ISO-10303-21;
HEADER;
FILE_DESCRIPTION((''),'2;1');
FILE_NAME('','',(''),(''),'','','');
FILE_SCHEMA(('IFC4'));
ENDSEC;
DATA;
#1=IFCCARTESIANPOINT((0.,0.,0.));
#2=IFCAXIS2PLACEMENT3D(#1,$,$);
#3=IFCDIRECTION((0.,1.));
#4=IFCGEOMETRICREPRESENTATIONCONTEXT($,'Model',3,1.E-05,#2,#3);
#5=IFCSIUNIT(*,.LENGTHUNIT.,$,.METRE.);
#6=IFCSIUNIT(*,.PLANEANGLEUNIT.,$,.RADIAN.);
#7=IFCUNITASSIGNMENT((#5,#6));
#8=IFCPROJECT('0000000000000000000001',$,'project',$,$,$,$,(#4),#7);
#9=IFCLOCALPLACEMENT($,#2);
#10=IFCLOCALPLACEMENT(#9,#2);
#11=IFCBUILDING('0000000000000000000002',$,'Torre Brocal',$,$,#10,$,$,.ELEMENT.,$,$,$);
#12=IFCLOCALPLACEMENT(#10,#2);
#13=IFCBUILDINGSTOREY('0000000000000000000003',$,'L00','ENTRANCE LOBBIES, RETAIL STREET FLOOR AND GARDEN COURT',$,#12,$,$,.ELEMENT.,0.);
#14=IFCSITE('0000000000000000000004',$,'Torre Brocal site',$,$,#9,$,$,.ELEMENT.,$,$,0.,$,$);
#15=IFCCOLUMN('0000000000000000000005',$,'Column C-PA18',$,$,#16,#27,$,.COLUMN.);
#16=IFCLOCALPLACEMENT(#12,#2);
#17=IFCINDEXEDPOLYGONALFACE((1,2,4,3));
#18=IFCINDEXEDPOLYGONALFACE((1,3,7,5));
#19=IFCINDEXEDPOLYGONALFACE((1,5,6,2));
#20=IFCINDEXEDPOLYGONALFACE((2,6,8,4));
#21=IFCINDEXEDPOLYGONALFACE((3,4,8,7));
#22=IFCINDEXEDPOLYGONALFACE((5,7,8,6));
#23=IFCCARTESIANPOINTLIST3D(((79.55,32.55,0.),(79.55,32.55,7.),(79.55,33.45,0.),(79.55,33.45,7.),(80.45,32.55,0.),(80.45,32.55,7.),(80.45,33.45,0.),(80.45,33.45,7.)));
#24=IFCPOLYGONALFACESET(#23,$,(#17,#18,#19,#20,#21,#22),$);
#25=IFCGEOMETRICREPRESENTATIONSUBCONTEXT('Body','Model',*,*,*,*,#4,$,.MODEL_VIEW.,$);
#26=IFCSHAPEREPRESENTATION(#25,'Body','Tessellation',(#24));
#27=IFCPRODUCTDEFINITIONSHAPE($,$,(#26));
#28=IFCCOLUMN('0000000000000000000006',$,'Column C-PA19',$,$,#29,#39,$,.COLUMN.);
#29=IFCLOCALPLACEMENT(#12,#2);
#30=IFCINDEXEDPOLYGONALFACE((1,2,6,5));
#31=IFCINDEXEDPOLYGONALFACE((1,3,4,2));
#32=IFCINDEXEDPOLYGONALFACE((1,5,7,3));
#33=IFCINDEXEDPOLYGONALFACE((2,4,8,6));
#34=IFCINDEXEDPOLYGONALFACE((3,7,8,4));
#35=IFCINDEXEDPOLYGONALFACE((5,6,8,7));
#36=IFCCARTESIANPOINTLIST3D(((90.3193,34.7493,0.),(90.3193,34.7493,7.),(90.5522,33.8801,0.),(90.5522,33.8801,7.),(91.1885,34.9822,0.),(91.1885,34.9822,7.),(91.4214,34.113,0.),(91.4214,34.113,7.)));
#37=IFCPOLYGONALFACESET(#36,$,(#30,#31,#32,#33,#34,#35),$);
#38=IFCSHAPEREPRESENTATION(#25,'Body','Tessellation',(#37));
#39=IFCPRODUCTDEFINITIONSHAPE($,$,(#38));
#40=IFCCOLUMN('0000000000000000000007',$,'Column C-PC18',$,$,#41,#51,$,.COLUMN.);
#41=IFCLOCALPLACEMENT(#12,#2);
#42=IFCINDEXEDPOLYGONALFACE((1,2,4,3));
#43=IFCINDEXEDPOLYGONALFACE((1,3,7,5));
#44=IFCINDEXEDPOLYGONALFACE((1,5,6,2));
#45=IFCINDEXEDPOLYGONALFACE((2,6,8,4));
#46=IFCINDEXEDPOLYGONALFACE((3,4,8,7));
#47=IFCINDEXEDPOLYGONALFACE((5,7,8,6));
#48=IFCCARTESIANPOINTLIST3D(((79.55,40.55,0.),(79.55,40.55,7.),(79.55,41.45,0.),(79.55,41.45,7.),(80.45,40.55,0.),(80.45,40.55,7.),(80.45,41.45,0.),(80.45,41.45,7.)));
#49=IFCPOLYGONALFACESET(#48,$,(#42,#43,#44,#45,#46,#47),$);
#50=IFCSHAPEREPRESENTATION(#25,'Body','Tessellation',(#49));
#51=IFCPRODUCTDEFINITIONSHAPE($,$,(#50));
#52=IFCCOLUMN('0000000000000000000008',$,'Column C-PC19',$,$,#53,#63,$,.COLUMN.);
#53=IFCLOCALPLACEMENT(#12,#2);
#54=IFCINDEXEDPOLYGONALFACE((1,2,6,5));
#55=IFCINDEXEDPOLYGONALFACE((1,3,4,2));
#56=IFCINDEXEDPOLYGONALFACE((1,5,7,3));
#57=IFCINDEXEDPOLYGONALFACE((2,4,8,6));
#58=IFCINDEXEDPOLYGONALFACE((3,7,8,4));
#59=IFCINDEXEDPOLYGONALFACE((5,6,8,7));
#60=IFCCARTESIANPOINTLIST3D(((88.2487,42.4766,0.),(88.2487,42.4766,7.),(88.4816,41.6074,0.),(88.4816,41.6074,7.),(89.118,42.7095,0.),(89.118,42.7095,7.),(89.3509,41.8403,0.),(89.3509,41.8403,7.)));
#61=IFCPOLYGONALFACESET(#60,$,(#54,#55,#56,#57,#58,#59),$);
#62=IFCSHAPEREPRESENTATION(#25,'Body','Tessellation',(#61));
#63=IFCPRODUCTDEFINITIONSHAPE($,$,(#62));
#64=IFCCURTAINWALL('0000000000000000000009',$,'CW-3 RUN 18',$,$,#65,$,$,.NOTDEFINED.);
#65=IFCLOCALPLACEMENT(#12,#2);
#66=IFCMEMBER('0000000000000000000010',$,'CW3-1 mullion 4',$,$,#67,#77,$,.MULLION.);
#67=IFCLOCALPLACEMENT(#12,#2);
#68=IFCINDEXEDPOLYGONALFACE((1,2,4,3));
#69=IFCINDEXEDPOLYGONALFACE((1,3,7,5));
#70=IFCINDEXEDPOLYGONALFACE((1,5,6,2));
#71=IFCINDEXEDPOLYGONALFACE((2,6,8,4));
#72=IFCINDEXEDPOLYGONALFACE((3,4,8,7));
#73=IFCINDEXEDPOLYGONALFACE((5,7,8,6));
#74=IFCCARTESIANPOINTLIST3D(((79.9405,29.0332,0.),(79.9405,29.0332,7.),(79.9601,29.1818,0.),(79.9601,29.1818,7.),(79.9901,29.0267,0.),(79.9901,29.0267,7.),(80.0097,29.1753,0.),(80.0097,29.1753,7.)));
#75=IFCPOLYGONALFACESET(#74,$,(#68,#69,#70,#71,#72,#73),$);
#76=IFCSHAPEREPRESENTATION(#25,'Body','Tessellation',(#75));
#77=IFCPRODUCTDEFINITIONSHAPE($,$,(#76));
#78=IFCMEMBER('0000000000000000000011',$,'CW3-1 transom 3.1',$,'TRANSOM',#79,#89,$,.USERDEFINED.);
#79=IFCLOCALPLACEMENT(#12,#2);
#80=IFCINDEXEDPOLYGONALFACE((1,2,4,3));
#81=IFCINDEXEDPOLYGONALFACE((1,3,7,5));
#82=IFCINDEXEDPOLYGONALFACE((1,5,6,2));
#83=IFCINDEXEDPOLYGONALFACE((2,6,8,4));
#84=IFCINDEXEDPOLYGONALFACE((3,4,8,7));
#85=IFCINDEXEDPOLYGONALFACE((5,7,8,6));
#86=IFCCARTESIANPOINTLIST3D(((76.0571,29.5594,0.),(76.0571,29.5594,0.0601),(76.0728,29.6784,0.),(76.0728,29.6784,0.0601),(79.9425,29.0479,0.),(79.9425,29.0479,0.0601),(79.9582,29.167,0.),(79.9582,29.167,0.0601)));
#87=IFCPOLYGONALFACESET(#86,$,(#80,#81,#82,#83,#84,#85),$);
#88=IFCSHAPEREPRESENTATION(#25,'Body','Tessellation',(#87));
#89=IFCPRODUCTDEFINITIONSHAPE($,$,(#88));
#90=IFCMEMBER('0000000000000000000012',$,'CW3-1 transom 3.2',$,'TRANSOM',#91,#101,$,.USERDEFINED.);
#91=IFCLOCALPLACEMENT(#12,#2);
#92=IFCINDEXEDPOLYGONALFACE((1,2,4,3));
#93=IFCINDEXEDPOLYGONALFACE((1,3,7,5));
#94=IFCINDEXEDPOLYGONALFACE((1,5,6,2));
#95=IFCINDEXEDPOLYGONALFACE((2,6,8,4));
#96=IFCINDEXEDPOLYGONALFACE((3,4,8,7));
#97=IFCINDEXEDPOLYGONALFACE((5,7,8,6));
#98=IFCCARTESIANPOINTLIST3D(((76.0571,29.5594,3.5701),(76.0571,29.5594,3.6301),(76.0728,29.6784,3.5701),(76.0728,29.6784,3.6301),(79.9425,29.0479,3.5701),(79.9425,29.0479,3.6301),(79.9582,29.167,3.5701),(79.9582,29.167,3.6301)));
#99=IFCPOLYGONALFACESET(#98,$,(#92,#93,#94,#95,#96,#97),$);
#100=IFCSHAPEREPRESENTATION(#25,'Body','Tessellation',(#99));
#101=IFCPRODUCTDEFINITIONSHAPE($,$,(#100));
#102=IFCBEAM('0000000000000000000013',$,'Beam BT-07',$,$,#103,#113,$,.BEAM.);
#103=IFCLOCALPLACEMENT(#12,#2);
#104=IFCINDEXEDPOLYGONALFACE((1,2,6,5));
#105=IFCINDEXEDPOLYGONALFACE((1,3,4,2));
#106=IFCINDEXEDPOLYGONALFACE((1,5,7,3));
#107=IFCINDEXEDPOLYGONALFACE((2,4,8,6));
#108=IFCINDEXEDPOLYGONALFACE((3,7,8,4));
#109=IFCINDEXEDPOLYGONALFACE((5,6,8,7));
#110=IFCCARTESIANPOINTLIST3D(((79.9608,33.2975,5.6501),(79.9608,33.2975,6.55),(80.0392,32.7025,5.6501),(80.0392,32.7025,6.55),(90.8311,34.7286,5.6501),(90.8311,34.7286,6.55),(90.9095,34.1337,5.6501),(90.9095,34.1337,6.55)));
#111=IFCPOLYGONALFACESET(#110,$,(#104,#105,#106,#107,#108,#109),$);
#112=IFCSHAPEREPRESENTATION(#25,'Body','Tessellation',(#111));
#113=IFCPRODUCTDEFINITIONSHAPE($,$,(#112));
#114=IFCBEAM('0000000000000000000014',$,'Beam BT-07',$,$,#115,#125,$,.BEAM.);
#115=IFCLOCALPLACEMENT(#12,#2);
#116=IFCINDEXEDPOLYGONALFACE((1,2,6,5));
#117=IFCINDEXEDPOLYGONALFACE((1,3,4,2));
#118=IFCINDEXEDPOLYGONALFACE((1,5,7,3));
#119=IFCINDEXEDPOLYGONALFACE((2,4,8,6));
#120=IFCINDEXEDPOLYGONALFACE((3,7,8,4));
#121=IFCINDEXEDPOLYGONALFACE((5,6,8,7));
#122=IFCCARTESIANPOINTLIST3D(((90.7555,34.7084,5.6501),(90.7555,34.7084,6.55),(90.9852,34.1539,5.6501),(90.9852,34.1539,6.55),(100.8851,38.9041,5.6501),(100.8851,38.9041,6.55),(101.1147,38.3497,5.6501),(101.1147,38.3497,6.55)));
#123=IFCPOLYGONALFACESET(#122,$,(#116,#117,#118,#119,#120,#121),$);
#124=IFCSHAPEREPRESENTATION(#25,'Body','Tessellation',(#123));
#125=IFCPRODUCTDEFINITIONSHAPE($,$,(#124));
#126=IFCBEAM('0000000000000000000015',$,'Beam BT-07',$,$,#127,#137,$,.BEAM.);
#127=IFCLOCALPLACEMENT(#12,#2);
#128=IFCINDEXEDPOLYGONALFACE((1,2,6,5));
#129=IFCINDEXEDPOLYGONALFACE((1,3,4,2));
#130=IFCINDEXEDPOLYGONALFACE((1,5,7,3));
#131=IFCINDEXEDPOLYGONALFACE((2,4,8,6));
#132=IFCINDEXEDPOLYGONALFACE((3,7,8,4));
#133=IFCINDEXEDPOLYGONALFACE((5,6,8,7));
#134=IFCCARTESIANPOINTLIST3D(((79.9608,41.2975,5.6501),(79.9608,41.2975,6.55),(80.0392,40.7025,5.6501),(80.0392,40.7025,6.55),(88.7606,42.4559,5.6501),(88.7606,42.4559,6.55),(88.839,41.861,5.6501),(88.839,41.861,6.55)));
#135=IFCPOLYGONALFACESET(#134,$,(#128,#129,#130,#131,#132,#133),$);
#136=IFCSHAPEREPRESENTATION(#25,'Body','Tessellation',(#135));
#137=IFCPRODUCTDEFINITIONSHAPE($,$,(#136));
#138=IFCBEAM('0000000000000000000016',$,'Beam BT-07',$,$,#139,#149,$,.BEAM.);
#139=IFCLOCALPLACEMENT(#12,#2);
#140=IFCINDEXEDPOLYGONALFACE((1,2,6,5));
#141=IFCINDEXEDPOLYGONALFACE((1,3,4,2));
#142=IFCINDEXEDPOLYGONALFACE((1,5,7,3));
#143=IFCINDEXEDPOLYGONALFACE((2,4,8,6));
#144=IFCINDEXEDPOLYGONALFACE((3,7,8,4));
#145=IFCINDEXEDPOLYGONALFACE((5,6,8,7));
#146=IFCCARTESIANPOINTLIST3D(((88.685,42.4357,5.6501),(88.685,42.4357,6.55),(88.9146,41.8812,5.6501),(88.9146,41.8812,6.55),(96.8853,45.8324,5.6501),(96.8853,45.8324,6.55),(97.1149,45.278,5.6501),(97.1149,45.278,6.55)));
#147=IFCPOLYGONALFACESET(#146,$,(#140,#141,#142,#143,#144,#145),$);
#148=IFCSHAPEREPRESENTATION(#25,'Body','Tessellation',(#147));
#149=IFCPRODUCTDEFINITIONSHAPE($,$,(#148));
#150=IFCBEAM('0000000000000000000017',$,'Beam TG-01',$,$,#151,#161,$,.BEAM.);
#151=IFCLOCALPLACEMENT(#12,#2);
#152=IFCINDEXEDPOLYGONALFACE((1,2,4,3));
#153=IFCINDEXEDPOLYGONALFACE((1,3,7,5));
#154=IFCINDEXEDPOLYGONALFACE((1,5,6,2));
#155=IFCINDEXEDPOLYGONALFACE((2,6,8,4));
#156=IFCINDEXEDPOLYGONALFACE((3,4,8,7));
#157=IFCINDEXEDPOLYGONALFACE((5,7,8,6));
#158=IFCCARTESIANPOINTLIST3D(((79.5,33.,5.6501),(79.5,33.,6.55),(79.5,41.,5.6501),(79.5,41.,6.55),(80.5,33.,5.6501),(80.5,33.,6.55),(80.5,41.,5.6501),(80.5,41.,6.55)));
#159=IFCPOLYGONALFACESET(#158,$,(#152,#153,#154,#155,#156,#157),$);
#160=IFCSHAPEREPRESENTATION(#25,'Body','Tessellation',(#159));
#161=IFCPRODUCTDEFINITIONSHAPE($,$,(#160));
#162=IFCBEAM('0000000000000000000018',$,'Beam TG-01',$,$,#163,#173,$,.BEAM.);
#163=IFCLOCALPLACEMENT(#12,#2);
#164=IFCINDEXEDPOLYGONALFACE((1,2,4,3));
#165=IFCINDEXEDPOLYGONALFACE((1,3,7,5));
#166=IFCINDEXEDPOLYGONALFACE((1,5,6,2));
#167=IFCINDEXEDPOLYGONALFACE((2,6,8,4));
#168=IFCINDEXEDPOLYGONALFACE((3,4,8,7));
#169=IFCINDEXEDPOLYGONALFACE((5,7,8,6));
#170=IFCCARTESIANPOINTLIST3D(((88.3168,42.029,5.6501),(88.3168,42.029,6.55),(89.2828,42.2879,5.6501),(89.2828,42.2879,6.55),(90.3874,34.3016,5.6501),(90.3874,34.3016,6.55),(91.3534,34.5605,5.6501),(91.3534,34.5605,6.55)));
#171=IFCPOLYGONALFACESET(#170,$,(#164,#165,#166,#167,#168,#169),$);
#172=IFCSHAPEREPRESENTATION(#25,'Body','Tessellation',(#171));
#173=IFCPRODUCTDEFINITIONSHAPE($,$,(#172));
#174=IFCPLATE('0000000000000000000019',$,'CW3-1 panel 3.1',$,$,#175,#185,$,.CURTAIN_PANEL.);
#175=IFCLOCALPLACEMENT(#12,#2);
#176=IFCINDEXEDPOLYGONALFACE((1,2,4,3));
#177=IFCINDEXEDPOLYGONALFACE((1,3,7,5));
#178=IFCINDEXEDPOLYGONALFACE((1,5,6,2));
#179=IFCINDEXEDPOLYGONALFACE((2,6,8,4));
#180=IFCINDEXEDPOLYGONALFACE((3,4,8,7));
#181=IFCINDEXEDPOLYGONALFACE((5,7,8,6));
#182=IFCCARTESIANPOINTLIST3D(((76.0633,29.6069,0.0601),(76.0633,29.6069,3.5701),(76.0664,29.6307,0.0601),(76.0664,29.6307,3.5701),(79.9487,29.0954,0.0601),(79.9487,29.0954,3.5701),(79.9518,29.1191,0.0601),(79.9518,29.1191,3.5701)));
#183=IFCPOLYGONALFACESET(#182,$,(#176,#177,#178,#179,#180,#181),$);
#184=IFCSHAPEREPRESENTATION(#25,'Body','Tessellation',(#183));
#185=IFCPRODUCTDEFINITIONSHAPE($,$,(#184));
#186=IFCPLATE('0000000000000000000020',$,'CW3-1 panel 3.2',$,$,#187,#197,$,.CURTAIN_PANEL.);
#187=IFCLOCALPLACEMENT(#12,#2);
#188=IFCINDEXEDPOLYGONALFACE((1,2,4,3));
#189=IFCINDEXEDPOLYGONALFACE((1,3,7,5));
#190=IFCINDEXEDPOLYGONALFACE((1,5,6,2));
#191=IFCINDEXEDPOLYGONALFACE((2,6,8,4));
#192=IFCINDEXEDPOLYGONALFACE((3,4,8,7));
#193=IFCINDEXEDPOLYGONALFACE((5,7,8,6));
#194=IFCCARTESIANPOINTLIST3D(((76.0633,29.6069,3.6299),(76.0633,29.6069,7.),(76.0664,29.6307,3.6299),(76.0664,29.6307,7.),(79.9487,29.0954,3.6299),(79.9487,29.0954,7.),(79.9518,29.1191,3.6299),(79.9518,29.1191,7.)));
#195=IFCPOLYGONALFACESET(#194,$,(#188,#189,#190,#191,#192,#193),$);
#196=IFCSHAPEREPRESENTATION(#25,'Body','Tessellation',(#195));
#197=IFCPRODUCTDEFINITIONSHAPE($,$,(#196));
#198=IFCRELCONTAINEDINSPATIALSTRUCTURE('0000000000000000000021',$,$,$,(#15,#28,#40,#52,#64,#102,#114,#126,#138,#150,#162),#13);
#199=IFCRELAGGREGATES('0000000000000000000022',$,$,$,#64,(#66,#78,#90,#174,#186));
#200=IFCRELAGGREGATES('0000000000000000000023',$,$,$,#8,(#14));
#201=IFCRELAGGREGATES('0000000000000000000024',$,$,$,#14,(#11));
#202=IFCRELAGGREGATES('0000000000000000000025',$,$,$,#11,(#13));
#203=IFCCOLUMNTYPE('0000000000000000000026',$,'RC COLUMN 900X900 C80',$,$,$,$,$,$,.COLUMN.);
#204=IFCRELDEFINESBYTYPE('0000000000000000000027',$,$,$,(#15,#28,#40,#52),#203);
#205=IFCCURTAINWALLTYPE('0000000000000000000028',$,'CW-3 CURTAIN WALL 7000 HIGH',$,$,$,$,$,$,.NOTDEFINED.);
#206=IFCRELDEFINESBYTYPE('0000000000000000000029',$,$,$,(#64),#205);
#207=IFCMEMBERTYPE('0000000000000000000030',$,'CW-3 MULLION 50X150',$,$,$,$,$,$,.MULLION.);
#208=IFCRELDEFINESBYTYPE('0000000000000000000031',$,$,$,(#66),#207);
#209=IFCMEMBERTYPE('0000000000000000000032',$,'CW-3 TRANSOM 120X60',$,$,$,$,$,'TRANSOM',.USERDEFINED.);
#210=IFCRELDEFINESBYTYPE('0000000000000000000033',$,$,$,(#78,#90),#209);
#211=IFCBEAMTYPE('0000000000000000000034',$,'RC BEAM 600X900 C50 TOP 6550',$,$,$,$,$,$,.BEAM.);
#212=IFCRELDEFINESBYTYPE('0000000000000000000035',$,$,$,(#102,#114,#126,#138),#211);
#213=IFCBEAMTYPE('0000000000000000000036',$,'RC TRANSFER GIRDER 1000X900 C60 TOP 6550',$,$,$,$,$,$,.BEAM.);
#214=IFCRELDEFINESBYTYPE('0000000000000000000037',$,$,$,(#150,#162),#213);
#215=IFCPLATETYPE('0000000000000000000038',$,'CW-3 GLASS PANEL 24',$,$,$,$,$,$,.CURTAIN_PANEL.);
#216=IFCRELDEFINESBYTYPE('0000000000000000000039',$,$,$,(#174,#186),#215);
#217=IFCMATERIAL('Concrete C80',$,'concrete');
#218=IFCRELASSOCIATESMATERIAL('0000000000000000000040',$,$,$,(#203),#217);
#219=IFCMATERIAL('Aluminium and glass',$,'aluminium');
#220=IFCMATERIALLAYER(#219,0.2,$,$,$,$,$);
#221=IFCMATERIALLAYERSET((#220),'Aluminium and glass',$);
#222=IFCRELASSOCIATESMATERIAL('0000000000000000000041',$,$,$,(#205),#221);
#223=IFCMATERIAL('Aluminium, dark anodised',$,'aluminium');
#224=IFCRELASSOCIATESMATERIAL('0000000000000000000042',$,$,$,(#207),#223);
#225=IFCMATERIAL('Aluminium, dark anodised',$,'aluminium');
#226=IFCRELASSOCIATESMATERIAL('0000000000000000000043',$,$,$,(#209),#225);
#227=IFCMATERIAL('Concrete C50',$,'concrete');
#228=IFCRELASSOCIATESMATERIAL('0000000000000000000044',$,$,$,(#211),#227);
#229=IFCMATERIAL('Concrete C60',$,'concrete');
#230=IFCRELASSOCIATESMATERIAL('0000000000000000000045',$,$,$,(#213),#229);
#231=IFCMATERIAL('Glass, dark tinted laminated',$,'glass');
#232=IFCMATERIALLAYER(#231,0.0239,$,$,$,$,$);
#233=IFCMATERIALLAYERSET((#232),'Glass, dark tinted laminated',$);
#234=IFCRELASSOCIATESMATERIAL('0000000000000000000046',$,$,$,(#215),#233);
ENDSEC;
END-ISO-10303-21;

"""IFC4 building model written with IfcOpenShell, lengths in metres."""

from ifc_helpers import new_model, si_unit, direction, frame, origin, origin_2d, place, context, subcontext, project, spatial, rectangle, extrude, material, layer, layer_set, material_profile, profile_set, type_object, element, aggregate, save


model = new_model("IFC4")

# Units and contexts
model_context = context("Model", 3, precision=1e-05, world=origin(), true_north=direction((0.0, 1.0)))
body_context = subcontext(model_context, "Body", "Model", "MODEL_VIEW")
ifc_project = project(units=[si_unit("LENGTHUNIT", "METRE"), si_unit("PLANEANGLEUNIT", "RADIAN")], contexts=[model_context])

# Site, building, storey
site_placement = place(None, origin())
site = spatial("IfcSite", under=ifc_project, at=site_placement, Name="Torre Brocal site", CompositionType="ELEMENT", RefElevation=0.0)
building_placement = place(site_placement, origin())
building = spatial("IfcBuilding", under=site, at=building_placement, Name="Torre Brocal", CompositionType="ELEMENT")
storey_placement = place(building_placement, origin())
storey = spatial("IfcBuildingStorey", under=building, at=storey_placement, Name="L00", Description="ENTRANCE LOBBIES, RETAIL STREET FLOOR AND GARDEN COURT", CompositionType="ELEMENT", Elevation=0.0)

# Columns
ifc_material_1 = material(Name="Concrete C80", Category="concrete")
ifc_material_profile_1 = material_profile(ifc_material_1, rectangle(XDim=0.8999, YDim=0.8999, at=origin_2d()), Name="RC 900X900")
ifc_profile_set_1 = profile_set([ifc_material_profile_1], Name="Concrete C80")
column_type = type_object("IfcColumnType", Name="RC COLUMN 900X900 C80", PredefinedType="COLUMN", material=ifc_profile_set_1)
for number, where, z_axis, x_axis, name in (
    (1, (80.0, 33.0, 0.0), (0.0, 0.0, 1.0), (0.0, -1.0, 0.0), "Column C-PA18"),
    (2, (90.8704, 34.4312, 0.0), (0.0, 0.0, 1.0), (0.258819, -0.965926, 0.0), "Column C-PA19"),
    (3, (80.0, 41.0, 0.0), (0.0, 0.0, 1.0), (0.0, -1.0, 0.0), "Column C-PC18"),
    (4, (88.7998, 42.1584, 0.0), (0.0, 0.0, 1.0), (0.258819, -0.965926, 0.0), "Column C-PC19"),
):
    element("IfcColumn", number, at=place(storey_placement, frame(where, z_axis=z_axis, x_axis=x_axis)), inside=storey, type_object=column_type, Name=name, PredefinedType="COLUMN", context=body_context, shape_type="SweptSolid", body=[
        extrude(rectangle(XDim=0.8999, YDim=0.8999, at=origin_2d()), origin(), (0.0, 0.0, 1.0), 7.0),
    ])

# Curtain wall, members
ifc_material_2 = material(Name="Aluminium and glass", Category="aluminium")
ifc_layer_1 = layer(ifc_material_2, 0.2)
ifc_layer_set_1 = layer_set([ifc_layer_1], Name="Aluminium and glass")
curtain_wall_type = type_object("IfcCurtainWallType", Name="CW-3 CURTAIN WALL 7000 HIGH", PredefinedType="NOTDEFINED", material=ifc_layer_set_1)
curtain_wall_placement = place(storey_placement, origin())
curtain_wall = element("IfcCurtainWall", 5, at=curtain_wall_placement, inside=storey, type_object=curtain_wall_type, Name="CW-3 RUN 18", PredefinedType="NOTDEFINED")
ifc_material_3 = material(Name="Aluminium, dark anodised", Category="aluminium")
ifc_material_profile_2 = material_profile(ifc_material_3, rectangle(XDim=0.1499, YDim=0.05, at=origin_2d()), Name="CW-3 MULLION 50X150")
ifc_profile_set_2 = profile_set([ifc_material_profile_2], Name="Aluminium, dark anodised")
member_type_1 = type_object("IfcMemberType", Name="CW-3 MULLION 50X150", PredefinedType="MULLION", material=ifc_profile_set_2)
member_1_placement = place(storey_placement, frame((79.9751, 29.1042, 0.0), z_axis=(0.0, 0.0, 1.0), x_axis=(0.130526, 0.991445, 0.0)))
member_1 = element("IfcMember", 6, at=member_1_placement, type_object=member_type_1, Name="CW3-1 mullion 4", PredefinedType="MULLION", context=body_context, shape_type="SweptSolid", body=[
    extrude(rectangle(XDim=0.1499, YDim=0.05, at=origin_2d()), origin(), (0.0, 0.0, 1.0), 7.0),
])
ifc_material_4 = material(Name="Aluminium, dark anodised", Category="aluminium")
ifc_material_profile_3 = material_profile(ifc_material_4, rectangle(XDim=0.1201, YDim=0.0601, at=origin_2d()), Name="CW-3 TRANSOM 120X60")
ifc_profile_set_3 = profile_set([ifc_material_profile_3], Name="Aluminium, dark anodised")
member_type_2 = type_object("IfcMemberType", Name="CW-3 TRANSOM 120X60", ElementType="TRANSOM", PredefinedType="USERDEFINED", material=ifc_profile_set_3)
member_2_placement = place(storey_placement, frame((76.0649, 29.6189, 0.03), z_axis=(0.991447, -0.130511, 0.0), x_axis=(0.130511, 0.991447, 0.0)))
member_2 = element("IfcMember", 7, at=member_2_placement, type_object=member_type_2, Name="CW3-1 transom 3.1", ObjectType="TRANSOM", PredefinedType="USERDEFINED", context=body_context, shape_type="SweptSolid", body=[
    extrude(rectangle(XDim=0.1201, YDim=0.0601, at=origin_2d()), origin(), (0.0, 0.0, 1.0), 3.9189),
])
member_3_placement = place(storey_placement, frame((76.0649, 29.6189, 3.6001), z_axis=(0.991447, -0.130511, 0.0), x_axis=(0.130511, 0.991447, 0.0)))
member_3 = element("IfcMember", 8, at=member_3_placement, type_object=member_type_2, Name="CW3-1 transom 3.2", ObjectType="TRANSOM", PredefinedType="USERDEFINED", context=body_context, shape_type="SweptSolid", body=[
    extrude(rectangle(XDim=0.1201, YDim=0.0601, at=origin_2d()), origin(), (0.0, 0.0, 1.0), 3.9189),
])

# Beams
ifc_material_5 = material(Name="Concrete C50", Category="concrete")
ifc_material_profile_4 = material_profile(ifc_material_5, rectangle(XDim=0.6001, YDim=0.8999, at=origin_2d()), Name="RC 600X900")
ifc_profile_set_4 = profile_set([ifc_material_profile_4], Name="Concrete C50")
beam_type_1 = type_object("IfcBeamType", Name="RC BEAM 600X900 C50 TOP 6550", PredefinedType="BEAM", material=ifc_profile_set_4)
for number, where, z_axis, x_axis, name in (
    (9, (80.0, 33.0, 6.1001), (0.991444, 0.13053, 0.0), (-0.13053, 0.991444, 0.0), "Beam BT-07"),
    (10, (90.8704, 34.4312, 6.1001), (0.923881, 0.382681, 0.0), (-0.382681, 0.923881, 0.0), "Beam BT-07"),
):
    element("IfcBeam", number, at=place(storey_placement, frame(where, z_axis=z_axis, x_axis=x_axis)), inside=storey, type_object=beam_type_1, Name=name, PredefinedType="BEAM", context=body_context, shape_type="SweptSolid", body=[
        extrude(rectangle(XDim=0.6001, YDim=0.8999, at=origin_2d()), origin(), (0.0, 0.0, 1.0), 10.9641),
    ])
beam_1_placement = place(storey_placement, frame((80.0, 41.0, 6.1001), z_axis=(0.991446, 0.130519, 0.0), x_axis=(-0.130519, 0.991446, 0.0)))
element("IfcBeam", 11, at=beam_1_placement, inside=storey, type_object=beam_type_1, Name="Beam BT-07", PredefinedType="BEAM", context=body_context, shape_type="SweptSolid", body=[
    extrude(rectangle(XDim=0.6001, YDim=0.8999, at=origin_2d()), origin(), (0.0, 0.0, 1.0), 8.8757),
])
beam_2_placement = place(storey_placement, frame((88.7998, 42.1584, 6.1001), z_axis=(0.923876, 0.382693, 0.0), x_axis=(-0.382693, 0.923876, 0.0)))
element("IfcBeam", 12, at=beam_2_placement, inside=storey, type_object=beam_type_1, Name="Beam BT-07", PredefinedType="BEAM", context=body_context, shape_type="SweptSolid", body=[
    extrude(rectangle(XDim=0.6001, YDim=0.8999, at=origin_2d()), origin(), (0.0, 0.0, 1.0), 8.876),
])
ifc_material_6 = material(Name="Concrete C60", Category="concrete")
ifc_material_profile_5 = material_profile(ifc_material_6, rectangle(XDim=1.0, YDim=0.8999, at=origin_2d()), Name="RC 1000X900")
ifc_profile_set_5 = profile_set([ifc_material_profile_5], Name="Concrete C60")
beam_type_2 = type_object("IfcBeamType", Name="RC TRANSFER GIRDER 1000X900 C60 TOP 6550", PredefinedType="BEAM", material=ifc_profile_set_5)
for number, where, z_axis, x_axis, name in (
    (13, (80.0, 41.0, 6.1001), (0.0, -1.0, 0.0), (1.0, 0.0, 0.0), "Beam TG-01"),
    (14, (88.7998, 42.1584, 6.1001), (0.258823, -0.965925, 0.0), (0.965925, 0.258823, 0.0), "Beam TG-01"),
):
    element("IfcBeam", number, at=place(storey_placement, frame(where, z_axis=z_axis, x_axis=x_axis)), inside=storey, type_object=beam_type_2, Name=name, PredefinedType="BEAM", context=body_context, shape_type="SweptSolid", body=[
        extrude(rectangle(XDim=1.0, YDim=0.8999, at=origin_2d()), origin(), (0.0, 0.0, 1.0), 8.0),
    ])

# Plates
ifc_material_7 = material(Name="Glass, dark tinted laminated", Category="glass")
ifc_layer_2 = layer(ifc_material_7, 0.0239)
ifc_layer_set_2 = layer_set([ifc_layer_2], Name="Glass, dark tinted laminated")
plate_type = type_object("IfcPlateType", Name="CW-3 GLASS PANEL 24", PredefinedType="CURTAIN_PANEL", material=ifc_layer_set_2)
plate_1_placement = place(storey_placement, frame((78.0076, 29.363, 0.0601), z_axis=(0.0, 0.0, 1.0), x_axis=(0.991445, -0.130526, 0.0)))
plate_1 = element("IfcPlate", 15, at=plate_1_placement, type_object=plate_type, Name="CW3-1 panel 3.1", PredefinedType="CURTAIN_PANEL", context=body_context, shape_type="SweptSolid", body=[
    extrude(rectangle(XDim=3.9189, YDim=0.0239, at=origin_2d()), origin(), (0.0, 0.0, 1.0), 3.51),
])
plate_2_placement = place(storey_placement, frame((78.0076, 29.363, 3.6299), z_axis=(0.0, 0.0, 1.0), x_axis=(0.991445, -0.130526, 0.0)))
plate_2 = element("IfcPlate", 16, at=plate_2_placement, type_object=plate_type, Name="CW3-1 panel 3.2", PredefinedType="CURTAIN_PANEL", context=body_context, shape_type="SweptSolid", body=[
    extrude(rectangle(XDim=3.9189, YDim=0.0239, at=origin_2d()), origin(), (0.0, 0.0, 1.0), 3.3701),
])
aggregate(curtain_wall, [member_1, member_2, member_3, plate_1, plate_2])

save(model, "model.ifc")
